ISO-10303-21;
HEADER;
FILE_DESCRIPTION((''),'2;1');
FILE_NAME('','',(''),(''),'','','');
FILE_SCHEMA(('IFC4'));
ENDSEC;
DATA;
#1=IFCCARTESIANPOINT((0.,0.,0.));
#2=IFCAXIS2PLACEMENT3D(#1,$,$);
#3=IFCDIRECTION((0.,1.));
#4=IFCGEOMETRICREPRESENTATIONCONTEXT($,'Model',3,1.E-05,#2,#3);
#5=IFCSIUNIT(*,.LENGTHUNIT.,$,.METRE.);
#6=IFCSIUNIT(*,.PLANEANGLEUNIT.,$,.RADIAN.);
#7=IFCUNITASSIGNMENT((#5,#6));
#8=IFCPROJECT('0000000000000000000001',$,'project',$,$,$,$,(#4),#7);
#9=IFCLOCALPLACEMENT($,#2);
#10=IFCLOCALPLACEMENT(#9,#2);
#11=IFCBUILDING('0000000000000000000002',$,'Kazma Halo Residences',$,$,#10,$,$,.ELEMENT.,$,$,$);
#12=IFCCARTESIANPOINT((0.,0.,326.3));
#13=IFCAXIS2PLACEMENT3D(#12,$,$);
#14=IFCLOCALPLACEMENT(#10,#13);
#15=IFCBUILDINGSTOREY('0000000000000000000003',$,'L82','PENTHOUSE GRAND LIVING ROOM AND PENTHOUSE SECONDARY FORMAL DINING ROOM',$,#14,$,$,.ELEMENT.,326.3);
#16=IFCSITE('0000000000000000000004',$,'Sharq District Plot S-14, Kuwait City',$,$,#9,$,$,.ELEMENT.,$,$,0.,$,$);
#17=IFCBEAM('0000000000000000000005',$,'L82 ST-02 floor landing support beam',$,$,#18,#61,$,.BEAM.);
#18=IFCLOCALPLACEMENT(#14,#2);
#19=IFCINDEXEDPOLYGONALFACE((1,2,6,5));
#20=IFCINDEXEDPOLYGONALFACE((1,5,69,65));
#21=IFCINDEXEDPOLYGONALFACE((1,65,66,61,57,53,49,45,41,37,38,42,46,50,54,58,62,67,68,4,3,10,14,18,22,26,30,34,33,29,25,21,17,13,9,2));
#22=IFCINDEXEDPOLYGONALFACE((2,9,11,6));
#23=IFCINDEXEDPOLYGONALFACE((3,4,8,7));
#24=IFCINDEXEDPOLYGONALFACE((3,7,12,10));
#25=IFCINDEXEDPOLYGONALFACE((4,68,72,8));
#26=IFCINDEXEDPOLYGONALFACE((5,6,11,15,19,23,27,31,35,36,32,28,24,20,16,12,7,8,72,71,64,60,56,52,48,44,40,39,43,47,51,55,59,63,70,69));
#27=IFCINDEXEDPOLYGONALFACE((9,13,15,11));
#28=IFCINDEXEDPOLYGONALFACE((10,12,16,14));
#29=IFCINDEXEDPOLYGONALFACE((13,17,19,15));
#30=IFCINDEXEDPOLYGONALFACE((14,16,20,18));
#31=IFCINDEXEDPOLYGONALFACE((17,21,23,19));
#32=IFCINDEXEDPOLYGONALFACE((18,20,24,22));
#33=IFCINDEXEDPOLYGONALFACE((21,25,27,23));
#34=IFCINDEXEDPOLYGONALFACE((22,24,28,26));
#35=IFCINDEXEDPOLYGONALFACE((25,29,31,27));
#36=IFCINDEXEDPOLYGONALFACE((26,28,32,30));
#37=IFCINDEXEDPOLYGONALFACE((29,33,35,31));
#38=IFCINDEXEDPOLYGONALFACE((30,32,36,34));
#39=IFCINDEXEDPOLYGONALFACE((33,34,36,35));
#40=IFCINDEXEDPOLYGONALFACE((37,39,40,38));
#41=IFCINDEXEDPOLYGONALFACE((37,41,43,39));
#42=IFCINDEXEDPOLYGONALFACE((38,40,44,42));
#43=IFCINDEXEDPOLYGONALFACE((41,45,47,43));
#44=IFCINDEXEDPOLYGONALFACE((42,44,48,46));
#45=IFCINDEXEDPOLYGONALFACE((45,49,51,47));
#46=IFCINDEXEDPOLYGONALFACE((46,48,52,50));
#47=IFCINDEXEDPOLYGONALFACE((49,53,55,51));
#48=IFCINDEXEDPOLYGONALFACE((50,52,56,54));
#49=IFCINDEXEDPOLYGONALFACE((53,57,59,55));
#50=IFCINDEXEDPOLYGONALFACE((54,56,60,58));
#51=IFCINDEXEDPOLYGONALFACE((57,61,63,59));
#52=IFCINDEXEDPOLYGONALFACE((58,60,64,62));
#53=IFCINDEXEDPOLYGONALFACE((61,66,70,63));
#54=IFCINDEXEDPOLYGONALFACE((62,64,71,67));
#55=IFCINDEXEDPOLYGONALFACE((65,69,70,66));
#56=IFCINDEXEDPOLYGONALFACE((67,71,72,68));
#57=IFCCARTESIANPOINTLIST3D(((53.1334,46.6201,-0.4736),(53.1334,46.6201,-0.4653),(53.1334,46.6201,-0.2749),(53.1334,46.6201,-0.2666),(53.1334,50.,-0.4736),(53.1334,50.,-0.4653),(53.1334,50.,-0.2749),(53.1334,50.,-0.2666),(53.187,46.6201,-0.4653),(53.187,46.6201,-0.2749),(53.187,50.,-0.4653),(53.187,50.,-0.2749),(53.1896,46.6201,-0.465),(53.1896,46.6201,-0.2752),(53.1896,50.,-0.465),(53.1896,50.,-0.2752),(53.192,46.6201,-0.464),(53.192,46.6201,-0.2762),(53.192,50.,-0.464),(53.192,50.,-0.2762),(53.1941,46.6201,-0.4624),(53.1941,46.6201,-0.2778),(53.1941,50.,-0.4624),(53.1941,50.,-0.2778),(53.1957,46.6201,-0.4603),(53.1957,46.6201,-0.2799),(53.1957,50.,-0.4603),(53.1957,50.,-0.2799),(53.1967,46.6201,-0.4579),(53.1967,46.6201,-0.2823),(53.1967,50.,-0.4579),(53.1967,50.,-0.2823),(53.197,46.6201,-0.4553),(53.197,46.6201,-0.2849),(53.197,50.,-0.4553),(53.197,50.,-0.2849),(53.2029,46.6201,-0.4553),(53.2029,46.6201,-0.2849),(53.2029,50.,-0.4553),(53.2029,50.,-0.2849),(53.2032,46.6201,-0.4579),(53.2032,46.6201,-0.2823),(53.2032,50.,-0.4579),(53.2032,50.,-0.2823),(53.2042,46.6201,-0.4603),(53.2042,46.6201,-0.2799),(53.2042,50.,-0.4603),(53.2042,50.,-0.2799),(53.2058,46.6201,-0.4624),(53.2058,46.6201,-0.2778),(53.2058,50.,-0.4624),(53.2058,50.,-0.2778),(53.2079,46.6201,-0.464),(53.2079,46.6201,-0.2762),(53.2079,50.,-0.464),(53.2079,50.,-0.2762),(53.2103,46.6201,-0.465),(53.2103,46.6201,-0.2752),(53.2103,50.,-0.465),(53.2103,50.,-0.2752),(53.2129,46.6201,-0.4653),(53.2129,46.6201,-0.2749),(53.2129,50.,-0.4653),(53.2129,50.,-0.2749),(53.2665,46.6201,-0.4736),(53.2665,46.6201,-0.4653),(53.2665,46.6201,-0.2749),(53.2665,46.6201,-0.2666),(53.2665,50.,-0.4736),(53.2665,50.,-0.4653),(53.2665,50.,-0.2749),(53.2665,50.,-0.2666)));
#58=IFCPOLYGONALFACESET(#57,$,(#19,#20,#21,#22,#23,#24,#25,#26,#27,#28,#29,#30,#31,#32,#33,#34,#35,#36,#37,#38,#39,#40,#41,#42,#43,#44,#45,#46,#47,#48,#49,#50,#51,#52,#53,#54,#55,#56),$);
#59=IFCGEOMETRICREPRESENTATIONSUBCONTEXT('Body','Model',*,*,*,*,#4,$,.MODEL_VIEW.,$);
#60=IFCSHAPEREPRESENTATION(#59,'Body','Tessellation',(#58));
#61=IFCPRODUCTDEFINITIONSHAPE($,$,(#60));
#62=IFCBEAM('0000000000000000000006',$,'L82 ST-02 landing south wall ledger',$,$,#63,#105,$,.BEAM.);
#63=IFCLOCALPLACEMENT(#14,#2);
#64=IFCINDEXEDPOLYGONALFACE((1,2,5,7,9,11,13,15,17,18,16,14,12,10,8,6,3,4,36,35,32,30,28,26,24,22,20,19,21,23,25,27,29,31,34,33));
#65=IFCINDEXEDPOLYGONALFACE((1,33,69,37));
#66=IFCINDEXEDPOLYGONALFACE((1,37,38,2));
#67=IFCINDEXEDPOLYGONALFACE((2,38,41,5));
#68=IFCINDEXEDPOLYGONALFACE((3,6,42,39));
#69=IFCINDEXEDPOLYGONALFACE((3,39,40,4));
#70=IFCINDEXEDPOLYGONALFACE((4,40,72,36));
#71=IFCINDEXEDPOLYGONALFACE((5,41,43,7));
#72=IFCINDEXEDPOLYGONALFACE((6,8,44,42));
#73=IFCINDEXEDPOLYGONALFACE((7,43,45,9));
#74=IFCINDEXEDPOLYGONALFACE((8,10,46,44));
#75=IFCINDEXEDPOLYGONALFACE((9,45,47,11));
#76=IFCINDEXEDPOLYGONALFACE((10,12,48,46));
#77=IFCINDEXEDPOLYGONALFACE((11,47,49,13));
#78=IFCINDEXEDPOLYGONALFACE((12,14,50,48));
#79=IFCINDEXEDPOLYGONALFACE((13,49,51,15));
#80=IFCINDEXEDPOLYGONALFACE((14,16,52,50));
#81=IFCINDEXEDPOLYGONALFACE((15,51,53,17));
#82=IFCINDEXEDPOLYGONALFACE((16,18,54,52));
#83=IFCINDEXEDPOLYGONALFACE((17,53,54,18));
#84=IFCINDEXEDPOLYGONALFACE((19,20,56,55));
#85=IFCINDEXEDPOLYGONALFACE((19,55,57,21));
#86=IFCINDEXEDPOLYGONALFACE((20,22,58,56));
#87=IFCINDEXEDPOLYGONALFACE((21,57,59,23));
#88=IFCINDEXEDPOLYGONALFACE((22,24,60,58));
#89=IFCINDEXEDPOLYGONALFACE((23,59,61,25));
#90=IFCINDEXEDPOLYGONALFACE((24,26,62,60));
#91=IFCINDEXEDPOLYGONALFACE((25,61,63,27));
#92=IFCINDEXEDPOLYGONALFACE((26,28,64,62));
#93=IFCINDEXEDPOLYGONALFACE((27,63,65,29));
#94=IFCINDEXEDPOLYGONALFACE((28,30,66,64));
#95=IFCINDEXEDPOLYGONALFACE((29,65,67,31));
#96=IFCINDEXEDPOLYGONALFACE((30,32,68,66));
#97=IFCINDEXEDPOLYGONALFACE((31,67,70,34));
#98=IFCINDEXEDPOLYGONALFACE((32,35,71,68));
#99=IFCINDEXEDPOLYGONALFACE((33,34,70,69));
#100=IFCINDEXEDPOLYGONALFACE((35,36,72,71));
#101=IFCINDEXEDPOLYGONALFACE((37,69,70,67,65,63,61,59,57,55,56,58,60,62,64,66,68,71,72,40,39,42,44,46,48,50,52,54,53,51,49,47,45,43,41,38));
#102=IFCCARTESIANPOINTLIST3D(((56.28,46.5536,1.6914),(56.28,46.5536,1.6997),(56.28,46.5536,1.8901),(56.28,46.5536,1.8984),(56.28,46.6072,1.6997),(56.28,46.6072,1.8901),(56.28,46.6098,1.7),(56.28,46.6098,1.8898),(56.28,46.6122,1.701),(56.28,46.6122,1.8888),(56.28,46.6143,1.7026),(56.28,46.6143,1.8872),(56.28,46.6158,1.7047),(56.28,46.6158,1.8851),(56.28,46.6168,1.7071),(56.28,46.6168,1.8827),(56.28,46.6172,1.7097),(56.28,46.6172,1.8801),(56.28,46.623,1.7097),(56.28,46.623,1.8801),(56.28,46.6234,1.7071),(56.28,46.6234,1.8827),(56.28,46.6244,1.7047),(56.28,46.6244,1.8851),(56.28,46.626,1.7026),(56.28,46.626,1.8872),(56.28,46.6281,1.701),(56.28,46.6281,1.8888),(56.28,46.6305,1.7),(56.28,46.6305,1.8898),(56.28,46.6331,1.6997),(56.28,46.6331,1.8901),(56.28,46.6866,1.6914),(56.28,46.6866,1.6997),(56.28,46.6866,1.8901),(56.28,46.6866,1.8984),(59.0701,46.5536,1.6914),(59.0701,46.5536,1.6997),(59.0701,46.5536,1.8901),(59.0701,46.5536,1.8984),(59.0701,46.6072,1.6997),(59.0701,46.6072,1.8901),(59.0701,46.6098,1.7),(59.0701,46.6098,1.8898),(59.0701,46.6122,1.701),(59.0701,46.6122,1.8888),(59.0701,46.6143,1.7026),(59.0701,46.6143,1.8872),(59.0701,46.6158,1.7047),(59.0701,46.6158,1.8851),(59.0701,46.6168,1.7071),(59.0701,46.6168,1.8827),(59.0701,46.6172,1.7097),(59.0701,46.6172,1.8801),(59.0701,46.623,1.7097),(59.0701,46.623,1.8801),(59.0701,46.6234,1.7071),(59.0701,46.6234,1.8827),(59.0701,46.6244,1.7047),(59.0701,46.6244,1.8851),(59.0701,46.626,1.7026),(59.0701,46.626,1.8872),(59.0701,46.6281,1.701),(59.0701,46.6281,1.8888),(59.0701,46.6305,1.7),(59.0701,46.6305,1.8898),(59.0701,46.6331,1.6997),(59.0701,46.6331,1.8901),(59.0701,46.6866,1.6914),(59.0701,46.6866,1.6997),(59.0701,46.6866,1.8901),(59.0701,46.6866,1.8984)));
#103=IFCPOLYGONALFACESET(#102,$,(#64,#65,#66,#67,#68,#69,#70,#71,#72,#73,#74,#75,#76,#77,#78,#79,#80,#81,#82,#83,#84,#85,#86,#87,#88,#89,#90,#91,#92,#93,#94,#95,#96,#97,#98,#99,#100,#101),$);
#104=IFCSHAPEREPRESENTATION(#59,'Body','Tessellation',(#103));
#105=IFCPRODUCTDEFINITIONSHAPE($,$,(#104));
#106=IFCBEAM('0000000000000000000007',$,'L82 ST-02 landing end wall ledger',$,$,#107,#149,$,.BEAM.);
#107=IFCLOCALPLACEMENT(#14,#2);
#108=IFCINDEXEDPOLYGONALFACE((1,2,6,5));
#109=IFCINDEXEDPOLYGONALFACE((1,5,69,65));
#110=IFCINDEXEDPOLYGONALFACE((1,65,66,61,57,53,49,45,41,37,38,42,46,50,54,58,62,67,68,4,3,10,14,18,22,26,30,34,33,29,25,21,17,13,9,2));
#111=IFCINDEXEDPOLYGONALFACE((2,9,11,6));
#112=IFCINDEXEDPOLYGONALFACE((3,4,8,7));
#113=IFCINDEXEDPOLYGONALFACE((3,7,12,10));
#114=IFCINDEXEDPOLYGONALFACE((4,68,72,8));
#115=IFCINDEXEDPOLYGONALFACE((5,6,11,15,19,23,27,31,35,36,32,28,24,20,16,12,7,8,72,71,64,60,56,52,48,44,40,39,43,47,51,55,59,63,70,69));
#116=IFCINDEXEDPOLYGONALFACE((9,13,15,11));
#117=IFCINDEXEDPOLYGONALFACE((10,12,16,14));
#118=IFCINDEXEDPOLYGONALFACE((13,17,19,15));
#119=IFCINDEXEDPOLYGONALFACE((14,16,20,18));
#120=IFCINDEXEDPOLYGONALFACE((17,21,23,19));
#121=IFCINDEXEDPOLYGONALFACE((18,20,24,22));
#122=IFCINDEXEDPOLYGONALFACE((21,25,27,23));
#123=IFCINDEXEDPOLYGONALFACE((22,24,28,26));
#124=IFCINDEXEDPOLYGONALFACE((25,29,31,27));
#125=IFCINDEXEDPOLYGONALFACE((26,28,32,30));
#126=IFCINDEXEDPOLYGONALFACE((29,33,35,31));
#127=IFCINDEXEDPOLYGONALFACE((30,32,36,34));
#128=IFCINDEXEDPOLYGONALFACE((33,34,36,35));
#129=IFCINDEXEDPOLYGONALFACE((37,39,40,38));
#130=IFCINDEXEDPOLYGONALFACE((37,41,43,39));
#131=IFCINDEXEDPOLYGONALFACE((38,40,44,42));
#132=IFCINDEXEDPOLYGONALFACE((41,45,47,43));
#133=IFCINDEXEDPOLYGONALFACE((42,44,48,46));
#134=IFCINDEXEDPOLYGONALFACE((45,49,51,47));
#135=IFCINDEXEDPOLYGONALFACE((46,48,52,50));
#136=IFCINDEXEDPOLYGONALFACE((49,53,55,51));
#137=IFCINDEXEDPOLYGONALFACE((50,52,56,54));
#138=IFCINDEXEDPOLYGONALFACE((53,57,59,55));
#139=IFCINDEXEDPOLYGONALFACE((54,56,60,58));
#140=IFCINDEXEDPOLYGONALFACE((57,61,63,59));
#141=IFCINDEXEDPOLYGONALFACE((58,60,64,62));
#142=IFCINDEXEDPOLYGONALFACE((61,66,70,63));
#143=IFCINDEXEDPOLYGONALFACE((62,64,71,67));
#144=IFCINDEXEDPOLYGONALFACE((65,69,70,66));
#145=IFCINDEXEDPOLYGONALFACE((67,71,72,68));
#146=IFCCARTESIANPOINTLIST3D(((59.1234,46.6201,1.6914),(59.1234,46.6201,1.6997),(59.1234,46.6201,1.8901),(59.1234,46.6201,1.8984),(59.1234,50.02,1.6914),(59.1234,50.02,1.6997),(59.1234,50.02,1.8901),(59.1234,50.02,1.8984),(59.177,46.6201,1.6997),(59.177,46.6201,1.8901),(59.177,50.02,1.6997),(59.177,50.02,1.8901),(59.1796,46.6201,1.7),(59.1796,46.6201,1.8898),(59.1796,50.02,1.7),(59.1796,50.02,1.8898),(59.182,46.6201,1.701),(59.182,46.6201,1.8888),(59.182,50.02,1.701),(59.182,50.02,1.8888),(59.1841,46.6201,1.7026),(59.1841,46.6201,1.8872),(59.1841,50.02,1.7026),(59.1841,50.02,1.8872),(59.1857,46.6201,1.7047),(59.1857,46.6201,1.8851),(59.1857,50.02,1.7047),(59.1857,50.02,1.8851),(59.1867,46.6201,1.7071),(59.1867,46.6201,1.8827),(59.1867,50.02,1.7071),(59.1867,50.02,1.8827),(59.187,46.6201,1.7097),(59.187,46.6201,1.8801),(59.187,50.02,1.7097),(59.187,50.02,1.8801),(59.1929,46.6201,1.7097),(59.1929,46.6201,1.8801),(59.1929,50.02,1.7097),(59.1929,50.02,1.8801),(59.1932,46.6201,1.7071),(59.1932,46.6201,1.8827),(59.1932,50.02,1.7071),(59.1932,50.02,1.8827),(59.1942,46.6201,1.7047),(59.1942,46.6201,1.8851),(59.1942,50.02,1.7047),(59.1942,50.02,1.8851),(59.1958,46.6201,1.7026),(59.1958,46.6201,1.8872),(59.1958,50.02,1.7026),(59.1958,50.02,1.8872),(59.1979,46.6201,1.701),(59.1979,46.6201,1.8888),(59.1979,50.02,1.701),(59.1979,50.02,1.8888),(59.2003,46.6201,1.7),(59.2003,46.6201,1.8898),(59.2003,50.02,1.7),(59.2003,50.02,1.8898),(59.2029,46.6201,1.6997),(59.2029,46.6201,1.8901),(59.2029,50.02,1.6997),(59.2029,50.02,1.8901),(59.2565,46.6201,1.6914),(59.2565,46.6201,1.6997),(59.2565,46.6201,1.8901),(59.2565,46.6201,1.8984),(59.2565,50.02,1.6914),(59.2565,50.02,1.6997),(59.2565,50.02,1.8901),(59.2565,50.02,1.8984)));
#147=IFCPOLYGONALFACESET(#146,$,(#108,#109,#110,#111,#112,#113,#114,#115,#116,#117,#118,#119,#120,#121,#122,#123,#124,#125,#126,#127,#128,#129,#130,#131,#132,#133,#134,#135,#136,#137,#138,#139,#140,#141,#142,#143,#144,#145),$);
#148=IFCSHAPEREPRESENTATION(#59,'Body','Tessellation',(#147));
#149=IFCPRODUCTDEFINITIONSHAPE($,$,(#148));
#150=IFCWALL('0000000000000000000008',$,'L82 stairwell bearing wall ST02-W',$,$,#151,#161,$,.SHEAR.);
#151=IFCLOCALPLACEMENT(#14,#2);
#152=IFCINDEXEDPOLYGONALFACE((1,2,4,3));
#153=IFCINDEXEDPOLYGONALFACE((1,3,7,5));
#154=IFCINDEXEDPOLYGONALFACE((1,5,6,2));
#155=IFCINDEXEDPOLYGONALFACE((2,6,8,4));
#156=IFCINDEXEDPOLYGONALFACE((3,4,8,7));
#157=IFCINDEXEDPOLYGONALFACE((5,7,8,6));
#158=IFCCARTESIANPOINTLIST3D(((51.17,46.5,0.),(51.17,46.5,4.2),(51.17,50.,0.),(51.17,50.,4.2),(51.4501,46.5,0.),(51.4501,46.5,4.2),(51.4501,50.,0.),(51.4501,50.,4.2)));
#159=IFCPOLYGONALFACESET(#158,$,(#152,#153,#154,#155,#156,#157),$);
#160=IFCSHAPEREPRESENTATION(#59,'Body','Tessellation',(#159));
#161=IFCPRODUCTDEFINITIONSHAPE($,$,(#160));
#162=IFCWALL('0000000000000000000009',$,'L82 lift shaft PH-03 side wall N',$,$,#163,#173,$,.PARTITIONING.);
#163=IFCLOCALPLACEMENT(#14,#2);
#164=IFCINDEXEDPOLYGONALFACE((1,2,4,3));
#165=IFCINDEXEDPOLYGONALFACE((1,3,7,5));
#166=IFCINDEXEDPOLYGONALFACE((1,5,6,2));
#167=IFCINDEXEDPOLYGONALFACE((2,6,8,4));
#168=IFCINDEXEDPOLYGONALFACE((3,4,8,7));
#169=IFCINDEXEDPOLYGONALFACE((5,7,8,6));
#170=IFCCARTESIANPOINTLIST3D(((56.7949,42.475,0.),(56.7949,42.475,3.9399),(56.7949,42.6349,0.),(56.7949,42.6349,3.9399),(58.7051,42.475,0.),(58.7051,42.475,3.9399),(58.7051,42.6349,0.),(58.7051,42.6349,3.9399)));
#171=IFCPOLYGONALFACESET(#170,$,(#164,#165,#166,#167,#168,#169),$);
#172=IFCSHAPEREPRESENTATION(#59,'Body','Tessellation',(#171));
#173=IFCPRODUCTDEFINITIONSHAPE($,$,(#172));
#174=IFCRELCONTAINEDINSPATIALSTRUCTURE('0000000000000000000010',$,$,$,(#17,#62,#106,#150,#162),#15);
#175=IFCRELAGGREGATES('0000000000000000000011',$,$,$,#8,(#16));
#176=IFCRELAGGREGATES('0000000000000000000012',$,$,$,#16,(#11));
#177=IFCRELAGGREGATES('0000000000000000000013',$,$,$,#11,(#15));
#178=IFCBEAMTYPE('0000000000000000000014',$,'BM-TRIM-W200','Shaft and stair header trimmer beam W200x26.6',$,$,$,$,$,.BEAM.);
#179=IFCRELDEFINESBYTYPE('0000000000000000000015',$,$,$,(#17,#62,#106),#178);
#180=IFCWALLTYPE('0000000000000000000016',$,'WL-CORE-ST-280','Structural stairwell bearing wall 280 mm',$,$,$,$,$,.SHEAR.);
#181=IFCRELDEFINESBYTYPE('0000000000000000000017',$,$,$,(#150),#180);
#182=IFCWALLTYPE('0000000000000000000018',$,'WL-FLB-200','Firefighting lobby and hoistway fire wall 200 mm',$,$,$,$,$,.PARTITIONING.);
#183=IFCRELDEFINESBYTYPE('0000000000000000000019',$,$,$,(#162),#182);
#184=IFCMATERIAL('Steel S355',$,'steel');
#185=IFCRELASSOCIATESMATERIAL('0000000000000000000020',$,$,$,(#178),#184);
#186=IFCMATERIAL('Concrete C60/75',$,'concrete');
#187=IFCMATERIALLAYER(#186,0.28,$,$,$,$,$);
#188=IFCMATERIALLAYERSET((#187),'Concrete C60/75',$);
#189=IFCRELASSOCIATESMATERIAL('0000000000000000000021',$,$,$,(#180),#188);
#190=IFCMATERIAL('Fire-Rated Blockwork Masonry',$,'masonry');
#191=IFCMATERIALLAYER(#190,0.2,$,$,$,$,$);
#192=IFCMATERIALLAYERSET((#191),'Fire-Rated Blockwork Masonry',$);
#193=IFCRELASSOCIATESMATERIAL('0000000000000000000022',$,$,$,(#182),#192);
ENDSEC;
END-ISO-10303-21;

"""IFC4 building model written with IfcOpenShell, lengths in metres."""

from ifc_helpers import new_model, si_unit, direction, frame, frame_2d, origin, origin_2d, place, context, subcontext, project, spatial, rectangle, i_section, extrude, material, layer, layer_set, material_profile, profile_set, type_object, element, save


model = new_model("IFC4")

# Units and contexts
model_context = context("Model", 3, precision=1e-05, world=origin(), true_north=direction((0.0, 1.0)))
body_context = subcontext(model_context, "Body", "Model", "MODEL_VIEW")
ifc_project = project(units=[si_unit("LENGTHUNIT", "METRE"), si_unit("PLANEANGLEUNIT", "RADIAN")], contexts=[model_context])

# Site, building, storey
site_placement = place(None, origin())
site = spatial("IfcSite", under=ifc_project, at=site_placement, Name="Sharq District Plot S-14, Kuwait City", CompositionType="ELEMENT", RefElevation=0.0)
building_placement = place(site_placement, origin())
building = spatial("IfcBuilding", under=site, at=building_placement, Name="Kazma Halo Residences", CompositionType="ELEMENT")
storey_placement = place(building_placement, frame((0.0, 0.0, 326.3)))
storey = spatial("IfcBuildingStorey", under=building, at=storey_placement, Name="L82", Description="PENTHOUSE GRAND LIVING ROOM AND PENTHOUSE SECONDARY FORMAL DINING ROOM", CompositionType="ELEMENT", Elevation=326.3)

# Shared definitions
ifc_material_1 = material(Name="Steel S355", Category="steel")

# Beams
ifc_material_profile_1 = material_profile(ifc_material_1, i_section(OverallWidth=0.1331, OverallDepth=0.207, WebThickness=0.0059, FlangeThickness=0.0083, FilletRadius=0.01, at=origin_2d()), Name="W200x26.6")
ifc_profile_set_1 = profile_set([ifc_material_profile_1], Name="Steel S355")
beam_type_1 = type_object("IfcBeamType", Name="BM-TRIM-W200", Description="Shaft and stair header trimmer beam W200x26.6", PredefinedType="BEAM", material=ifc_profile_set_1)
beam_1_placement = place(storey_placement, frame((53.2, 46.6201, -0.3701), z_axis=(0.0, 1.0, 0.0), x_axis=(-1.0, 0.0, 0.0)))
element("IfcBeam", 1, at=beam_1_placement, inside=storey, type_object=beam_type_1, Name="L82 ST-02 floor landing support beam", PredefinedType="BEAM", context=body_context, shape_type="SweptSolid", body=[
    extrude(i_section(OverallWidth=0.1331, OverallDepth=0.207, WebThickness=0.0059, FlangeThickness=0.0083, FilletRadius=0.01, at=origin_2d()), origin(), (0.0, 0.0, 1.0), 3.3799),
])
beam_2_placement = place(storey_placement, frame((56.28, 46.6201, 1.7949), z_axis=(1.0, 0.0, 0.0), x_axis=(0.0, 1.0, 0.0)))
element("IfcBeam", 2, at=beam_2_placement, inside=storey, type_object=beam_type_1, Name="L82 ST-02 landing south wall ledger", PredefinedType="BEAM", context=body_context, shape_type="SweptSolid", body=[
    extrude(i_section(OverallWidth=0.1331, OverallDepth=0.207, WebThickness=0.0059, FlangeThickness=0.0083, FilletRadius=0.01, at=origin_2d()), origin(), (0.0, 0.0, 1.0), 2.79),
])
beam_3_placement = place(storey_placement, frame((59.1899, 46.6201, 1.7949), z_axis=(0.0, 1.0, 0.0), x_axis=(-1.0, 0.0, 0.0)))
element("IfcBeam", 3, at=beam_3_placement, inside=storey, type_object=beam_type_1, Name="L82 ST-02 landing end wall ledger", PredefinedType="BEAM", context=body_context, shape_type="SweptSolid", body=[
    extrude(i_section(OverallWidth=0.1331, OverallDepth=0.207, WebThickness=0.0059, FlangeThickness=0.0083, FilletRadius=0.01, at=origin_2d()), origin(), (0.0, 0.0, 1.0), 3.3999),
])

# Walls
ifc_material_2 = material(Name="Concrete C60/75", Category="concrete")
ifc_layer_1 = layer(ifc_material_2, 0.28)
ifc_layer_set_1 = layer_set([ifc_layer_1], Name="Concrete C60/75")
wall_type_1 = type_object("IfcWallType", Name="WL-CORE-ST-280", Description="Structural stairwell bearing wall 280 mm", PredefinedType="SHEAR", material=ifc_layer_set_1)
wall_1_placement = place(storey_placement, frame((51.3101, 46.5, 0.0), z_axis=(0.0, 0.0, 1.0), x_axis=(0.0, 1.0, 0.0)))
element("IfcWall", 4, at=wall_1_placement, inside=storey, type_object=wall_type_1, Name="L82 stairwell bearing wall ST02-W", PredefinedType="SHEAR", context=body_context, shape_type="SweptSolid", body=[
    extrude(rectangle(XDim=3.5, YDim=0.28, at=frame_2d((1.75, 0.0))), origin(), (0.0, 0.0, 1.0), 4.2),
])
ifc_material_3 = material(Name="Fire-Rated Blockwork Masonry", Category="masonry")
ifc_layer_2 = layer(ifc_material_3, 0.2)
ifc_layer_set_2 = layer_set([ifc_layer_2], Name="Fire-Rated Blockwork Masonry")
wall_type_2 = type_object("IfcWallType", Name="WL-FLB-200", Description="Firefighting lobby and hoistway fire wall 200 mm", PredefinedType="PARTITIONING", material=ifc_layer_set_2)
wall_2_placement = place(storey_placement, frame((56.7949, 42.5549, 0.0), z_axis=(0.0, 0.0, 1.0), x_axis=(1.0, 0.0, 0.0)))
element("IfcWall", 5, at=wall_2_placement, inside=storey, type_object=wall_type_2, Name="L82 lift shaft PH-03 side wall N", PredefinedType="PARTITIONING", context=body_context, shape_type="SweptSolid", body=[
    extrude(rectangle(XDim=1.9102, YDim=0.1599, at=frame_2d((0.9551, 0.0))), origin(), (0.0, 0.0, 1.0), 3.9399),
])

save(model, "model.ifc")
